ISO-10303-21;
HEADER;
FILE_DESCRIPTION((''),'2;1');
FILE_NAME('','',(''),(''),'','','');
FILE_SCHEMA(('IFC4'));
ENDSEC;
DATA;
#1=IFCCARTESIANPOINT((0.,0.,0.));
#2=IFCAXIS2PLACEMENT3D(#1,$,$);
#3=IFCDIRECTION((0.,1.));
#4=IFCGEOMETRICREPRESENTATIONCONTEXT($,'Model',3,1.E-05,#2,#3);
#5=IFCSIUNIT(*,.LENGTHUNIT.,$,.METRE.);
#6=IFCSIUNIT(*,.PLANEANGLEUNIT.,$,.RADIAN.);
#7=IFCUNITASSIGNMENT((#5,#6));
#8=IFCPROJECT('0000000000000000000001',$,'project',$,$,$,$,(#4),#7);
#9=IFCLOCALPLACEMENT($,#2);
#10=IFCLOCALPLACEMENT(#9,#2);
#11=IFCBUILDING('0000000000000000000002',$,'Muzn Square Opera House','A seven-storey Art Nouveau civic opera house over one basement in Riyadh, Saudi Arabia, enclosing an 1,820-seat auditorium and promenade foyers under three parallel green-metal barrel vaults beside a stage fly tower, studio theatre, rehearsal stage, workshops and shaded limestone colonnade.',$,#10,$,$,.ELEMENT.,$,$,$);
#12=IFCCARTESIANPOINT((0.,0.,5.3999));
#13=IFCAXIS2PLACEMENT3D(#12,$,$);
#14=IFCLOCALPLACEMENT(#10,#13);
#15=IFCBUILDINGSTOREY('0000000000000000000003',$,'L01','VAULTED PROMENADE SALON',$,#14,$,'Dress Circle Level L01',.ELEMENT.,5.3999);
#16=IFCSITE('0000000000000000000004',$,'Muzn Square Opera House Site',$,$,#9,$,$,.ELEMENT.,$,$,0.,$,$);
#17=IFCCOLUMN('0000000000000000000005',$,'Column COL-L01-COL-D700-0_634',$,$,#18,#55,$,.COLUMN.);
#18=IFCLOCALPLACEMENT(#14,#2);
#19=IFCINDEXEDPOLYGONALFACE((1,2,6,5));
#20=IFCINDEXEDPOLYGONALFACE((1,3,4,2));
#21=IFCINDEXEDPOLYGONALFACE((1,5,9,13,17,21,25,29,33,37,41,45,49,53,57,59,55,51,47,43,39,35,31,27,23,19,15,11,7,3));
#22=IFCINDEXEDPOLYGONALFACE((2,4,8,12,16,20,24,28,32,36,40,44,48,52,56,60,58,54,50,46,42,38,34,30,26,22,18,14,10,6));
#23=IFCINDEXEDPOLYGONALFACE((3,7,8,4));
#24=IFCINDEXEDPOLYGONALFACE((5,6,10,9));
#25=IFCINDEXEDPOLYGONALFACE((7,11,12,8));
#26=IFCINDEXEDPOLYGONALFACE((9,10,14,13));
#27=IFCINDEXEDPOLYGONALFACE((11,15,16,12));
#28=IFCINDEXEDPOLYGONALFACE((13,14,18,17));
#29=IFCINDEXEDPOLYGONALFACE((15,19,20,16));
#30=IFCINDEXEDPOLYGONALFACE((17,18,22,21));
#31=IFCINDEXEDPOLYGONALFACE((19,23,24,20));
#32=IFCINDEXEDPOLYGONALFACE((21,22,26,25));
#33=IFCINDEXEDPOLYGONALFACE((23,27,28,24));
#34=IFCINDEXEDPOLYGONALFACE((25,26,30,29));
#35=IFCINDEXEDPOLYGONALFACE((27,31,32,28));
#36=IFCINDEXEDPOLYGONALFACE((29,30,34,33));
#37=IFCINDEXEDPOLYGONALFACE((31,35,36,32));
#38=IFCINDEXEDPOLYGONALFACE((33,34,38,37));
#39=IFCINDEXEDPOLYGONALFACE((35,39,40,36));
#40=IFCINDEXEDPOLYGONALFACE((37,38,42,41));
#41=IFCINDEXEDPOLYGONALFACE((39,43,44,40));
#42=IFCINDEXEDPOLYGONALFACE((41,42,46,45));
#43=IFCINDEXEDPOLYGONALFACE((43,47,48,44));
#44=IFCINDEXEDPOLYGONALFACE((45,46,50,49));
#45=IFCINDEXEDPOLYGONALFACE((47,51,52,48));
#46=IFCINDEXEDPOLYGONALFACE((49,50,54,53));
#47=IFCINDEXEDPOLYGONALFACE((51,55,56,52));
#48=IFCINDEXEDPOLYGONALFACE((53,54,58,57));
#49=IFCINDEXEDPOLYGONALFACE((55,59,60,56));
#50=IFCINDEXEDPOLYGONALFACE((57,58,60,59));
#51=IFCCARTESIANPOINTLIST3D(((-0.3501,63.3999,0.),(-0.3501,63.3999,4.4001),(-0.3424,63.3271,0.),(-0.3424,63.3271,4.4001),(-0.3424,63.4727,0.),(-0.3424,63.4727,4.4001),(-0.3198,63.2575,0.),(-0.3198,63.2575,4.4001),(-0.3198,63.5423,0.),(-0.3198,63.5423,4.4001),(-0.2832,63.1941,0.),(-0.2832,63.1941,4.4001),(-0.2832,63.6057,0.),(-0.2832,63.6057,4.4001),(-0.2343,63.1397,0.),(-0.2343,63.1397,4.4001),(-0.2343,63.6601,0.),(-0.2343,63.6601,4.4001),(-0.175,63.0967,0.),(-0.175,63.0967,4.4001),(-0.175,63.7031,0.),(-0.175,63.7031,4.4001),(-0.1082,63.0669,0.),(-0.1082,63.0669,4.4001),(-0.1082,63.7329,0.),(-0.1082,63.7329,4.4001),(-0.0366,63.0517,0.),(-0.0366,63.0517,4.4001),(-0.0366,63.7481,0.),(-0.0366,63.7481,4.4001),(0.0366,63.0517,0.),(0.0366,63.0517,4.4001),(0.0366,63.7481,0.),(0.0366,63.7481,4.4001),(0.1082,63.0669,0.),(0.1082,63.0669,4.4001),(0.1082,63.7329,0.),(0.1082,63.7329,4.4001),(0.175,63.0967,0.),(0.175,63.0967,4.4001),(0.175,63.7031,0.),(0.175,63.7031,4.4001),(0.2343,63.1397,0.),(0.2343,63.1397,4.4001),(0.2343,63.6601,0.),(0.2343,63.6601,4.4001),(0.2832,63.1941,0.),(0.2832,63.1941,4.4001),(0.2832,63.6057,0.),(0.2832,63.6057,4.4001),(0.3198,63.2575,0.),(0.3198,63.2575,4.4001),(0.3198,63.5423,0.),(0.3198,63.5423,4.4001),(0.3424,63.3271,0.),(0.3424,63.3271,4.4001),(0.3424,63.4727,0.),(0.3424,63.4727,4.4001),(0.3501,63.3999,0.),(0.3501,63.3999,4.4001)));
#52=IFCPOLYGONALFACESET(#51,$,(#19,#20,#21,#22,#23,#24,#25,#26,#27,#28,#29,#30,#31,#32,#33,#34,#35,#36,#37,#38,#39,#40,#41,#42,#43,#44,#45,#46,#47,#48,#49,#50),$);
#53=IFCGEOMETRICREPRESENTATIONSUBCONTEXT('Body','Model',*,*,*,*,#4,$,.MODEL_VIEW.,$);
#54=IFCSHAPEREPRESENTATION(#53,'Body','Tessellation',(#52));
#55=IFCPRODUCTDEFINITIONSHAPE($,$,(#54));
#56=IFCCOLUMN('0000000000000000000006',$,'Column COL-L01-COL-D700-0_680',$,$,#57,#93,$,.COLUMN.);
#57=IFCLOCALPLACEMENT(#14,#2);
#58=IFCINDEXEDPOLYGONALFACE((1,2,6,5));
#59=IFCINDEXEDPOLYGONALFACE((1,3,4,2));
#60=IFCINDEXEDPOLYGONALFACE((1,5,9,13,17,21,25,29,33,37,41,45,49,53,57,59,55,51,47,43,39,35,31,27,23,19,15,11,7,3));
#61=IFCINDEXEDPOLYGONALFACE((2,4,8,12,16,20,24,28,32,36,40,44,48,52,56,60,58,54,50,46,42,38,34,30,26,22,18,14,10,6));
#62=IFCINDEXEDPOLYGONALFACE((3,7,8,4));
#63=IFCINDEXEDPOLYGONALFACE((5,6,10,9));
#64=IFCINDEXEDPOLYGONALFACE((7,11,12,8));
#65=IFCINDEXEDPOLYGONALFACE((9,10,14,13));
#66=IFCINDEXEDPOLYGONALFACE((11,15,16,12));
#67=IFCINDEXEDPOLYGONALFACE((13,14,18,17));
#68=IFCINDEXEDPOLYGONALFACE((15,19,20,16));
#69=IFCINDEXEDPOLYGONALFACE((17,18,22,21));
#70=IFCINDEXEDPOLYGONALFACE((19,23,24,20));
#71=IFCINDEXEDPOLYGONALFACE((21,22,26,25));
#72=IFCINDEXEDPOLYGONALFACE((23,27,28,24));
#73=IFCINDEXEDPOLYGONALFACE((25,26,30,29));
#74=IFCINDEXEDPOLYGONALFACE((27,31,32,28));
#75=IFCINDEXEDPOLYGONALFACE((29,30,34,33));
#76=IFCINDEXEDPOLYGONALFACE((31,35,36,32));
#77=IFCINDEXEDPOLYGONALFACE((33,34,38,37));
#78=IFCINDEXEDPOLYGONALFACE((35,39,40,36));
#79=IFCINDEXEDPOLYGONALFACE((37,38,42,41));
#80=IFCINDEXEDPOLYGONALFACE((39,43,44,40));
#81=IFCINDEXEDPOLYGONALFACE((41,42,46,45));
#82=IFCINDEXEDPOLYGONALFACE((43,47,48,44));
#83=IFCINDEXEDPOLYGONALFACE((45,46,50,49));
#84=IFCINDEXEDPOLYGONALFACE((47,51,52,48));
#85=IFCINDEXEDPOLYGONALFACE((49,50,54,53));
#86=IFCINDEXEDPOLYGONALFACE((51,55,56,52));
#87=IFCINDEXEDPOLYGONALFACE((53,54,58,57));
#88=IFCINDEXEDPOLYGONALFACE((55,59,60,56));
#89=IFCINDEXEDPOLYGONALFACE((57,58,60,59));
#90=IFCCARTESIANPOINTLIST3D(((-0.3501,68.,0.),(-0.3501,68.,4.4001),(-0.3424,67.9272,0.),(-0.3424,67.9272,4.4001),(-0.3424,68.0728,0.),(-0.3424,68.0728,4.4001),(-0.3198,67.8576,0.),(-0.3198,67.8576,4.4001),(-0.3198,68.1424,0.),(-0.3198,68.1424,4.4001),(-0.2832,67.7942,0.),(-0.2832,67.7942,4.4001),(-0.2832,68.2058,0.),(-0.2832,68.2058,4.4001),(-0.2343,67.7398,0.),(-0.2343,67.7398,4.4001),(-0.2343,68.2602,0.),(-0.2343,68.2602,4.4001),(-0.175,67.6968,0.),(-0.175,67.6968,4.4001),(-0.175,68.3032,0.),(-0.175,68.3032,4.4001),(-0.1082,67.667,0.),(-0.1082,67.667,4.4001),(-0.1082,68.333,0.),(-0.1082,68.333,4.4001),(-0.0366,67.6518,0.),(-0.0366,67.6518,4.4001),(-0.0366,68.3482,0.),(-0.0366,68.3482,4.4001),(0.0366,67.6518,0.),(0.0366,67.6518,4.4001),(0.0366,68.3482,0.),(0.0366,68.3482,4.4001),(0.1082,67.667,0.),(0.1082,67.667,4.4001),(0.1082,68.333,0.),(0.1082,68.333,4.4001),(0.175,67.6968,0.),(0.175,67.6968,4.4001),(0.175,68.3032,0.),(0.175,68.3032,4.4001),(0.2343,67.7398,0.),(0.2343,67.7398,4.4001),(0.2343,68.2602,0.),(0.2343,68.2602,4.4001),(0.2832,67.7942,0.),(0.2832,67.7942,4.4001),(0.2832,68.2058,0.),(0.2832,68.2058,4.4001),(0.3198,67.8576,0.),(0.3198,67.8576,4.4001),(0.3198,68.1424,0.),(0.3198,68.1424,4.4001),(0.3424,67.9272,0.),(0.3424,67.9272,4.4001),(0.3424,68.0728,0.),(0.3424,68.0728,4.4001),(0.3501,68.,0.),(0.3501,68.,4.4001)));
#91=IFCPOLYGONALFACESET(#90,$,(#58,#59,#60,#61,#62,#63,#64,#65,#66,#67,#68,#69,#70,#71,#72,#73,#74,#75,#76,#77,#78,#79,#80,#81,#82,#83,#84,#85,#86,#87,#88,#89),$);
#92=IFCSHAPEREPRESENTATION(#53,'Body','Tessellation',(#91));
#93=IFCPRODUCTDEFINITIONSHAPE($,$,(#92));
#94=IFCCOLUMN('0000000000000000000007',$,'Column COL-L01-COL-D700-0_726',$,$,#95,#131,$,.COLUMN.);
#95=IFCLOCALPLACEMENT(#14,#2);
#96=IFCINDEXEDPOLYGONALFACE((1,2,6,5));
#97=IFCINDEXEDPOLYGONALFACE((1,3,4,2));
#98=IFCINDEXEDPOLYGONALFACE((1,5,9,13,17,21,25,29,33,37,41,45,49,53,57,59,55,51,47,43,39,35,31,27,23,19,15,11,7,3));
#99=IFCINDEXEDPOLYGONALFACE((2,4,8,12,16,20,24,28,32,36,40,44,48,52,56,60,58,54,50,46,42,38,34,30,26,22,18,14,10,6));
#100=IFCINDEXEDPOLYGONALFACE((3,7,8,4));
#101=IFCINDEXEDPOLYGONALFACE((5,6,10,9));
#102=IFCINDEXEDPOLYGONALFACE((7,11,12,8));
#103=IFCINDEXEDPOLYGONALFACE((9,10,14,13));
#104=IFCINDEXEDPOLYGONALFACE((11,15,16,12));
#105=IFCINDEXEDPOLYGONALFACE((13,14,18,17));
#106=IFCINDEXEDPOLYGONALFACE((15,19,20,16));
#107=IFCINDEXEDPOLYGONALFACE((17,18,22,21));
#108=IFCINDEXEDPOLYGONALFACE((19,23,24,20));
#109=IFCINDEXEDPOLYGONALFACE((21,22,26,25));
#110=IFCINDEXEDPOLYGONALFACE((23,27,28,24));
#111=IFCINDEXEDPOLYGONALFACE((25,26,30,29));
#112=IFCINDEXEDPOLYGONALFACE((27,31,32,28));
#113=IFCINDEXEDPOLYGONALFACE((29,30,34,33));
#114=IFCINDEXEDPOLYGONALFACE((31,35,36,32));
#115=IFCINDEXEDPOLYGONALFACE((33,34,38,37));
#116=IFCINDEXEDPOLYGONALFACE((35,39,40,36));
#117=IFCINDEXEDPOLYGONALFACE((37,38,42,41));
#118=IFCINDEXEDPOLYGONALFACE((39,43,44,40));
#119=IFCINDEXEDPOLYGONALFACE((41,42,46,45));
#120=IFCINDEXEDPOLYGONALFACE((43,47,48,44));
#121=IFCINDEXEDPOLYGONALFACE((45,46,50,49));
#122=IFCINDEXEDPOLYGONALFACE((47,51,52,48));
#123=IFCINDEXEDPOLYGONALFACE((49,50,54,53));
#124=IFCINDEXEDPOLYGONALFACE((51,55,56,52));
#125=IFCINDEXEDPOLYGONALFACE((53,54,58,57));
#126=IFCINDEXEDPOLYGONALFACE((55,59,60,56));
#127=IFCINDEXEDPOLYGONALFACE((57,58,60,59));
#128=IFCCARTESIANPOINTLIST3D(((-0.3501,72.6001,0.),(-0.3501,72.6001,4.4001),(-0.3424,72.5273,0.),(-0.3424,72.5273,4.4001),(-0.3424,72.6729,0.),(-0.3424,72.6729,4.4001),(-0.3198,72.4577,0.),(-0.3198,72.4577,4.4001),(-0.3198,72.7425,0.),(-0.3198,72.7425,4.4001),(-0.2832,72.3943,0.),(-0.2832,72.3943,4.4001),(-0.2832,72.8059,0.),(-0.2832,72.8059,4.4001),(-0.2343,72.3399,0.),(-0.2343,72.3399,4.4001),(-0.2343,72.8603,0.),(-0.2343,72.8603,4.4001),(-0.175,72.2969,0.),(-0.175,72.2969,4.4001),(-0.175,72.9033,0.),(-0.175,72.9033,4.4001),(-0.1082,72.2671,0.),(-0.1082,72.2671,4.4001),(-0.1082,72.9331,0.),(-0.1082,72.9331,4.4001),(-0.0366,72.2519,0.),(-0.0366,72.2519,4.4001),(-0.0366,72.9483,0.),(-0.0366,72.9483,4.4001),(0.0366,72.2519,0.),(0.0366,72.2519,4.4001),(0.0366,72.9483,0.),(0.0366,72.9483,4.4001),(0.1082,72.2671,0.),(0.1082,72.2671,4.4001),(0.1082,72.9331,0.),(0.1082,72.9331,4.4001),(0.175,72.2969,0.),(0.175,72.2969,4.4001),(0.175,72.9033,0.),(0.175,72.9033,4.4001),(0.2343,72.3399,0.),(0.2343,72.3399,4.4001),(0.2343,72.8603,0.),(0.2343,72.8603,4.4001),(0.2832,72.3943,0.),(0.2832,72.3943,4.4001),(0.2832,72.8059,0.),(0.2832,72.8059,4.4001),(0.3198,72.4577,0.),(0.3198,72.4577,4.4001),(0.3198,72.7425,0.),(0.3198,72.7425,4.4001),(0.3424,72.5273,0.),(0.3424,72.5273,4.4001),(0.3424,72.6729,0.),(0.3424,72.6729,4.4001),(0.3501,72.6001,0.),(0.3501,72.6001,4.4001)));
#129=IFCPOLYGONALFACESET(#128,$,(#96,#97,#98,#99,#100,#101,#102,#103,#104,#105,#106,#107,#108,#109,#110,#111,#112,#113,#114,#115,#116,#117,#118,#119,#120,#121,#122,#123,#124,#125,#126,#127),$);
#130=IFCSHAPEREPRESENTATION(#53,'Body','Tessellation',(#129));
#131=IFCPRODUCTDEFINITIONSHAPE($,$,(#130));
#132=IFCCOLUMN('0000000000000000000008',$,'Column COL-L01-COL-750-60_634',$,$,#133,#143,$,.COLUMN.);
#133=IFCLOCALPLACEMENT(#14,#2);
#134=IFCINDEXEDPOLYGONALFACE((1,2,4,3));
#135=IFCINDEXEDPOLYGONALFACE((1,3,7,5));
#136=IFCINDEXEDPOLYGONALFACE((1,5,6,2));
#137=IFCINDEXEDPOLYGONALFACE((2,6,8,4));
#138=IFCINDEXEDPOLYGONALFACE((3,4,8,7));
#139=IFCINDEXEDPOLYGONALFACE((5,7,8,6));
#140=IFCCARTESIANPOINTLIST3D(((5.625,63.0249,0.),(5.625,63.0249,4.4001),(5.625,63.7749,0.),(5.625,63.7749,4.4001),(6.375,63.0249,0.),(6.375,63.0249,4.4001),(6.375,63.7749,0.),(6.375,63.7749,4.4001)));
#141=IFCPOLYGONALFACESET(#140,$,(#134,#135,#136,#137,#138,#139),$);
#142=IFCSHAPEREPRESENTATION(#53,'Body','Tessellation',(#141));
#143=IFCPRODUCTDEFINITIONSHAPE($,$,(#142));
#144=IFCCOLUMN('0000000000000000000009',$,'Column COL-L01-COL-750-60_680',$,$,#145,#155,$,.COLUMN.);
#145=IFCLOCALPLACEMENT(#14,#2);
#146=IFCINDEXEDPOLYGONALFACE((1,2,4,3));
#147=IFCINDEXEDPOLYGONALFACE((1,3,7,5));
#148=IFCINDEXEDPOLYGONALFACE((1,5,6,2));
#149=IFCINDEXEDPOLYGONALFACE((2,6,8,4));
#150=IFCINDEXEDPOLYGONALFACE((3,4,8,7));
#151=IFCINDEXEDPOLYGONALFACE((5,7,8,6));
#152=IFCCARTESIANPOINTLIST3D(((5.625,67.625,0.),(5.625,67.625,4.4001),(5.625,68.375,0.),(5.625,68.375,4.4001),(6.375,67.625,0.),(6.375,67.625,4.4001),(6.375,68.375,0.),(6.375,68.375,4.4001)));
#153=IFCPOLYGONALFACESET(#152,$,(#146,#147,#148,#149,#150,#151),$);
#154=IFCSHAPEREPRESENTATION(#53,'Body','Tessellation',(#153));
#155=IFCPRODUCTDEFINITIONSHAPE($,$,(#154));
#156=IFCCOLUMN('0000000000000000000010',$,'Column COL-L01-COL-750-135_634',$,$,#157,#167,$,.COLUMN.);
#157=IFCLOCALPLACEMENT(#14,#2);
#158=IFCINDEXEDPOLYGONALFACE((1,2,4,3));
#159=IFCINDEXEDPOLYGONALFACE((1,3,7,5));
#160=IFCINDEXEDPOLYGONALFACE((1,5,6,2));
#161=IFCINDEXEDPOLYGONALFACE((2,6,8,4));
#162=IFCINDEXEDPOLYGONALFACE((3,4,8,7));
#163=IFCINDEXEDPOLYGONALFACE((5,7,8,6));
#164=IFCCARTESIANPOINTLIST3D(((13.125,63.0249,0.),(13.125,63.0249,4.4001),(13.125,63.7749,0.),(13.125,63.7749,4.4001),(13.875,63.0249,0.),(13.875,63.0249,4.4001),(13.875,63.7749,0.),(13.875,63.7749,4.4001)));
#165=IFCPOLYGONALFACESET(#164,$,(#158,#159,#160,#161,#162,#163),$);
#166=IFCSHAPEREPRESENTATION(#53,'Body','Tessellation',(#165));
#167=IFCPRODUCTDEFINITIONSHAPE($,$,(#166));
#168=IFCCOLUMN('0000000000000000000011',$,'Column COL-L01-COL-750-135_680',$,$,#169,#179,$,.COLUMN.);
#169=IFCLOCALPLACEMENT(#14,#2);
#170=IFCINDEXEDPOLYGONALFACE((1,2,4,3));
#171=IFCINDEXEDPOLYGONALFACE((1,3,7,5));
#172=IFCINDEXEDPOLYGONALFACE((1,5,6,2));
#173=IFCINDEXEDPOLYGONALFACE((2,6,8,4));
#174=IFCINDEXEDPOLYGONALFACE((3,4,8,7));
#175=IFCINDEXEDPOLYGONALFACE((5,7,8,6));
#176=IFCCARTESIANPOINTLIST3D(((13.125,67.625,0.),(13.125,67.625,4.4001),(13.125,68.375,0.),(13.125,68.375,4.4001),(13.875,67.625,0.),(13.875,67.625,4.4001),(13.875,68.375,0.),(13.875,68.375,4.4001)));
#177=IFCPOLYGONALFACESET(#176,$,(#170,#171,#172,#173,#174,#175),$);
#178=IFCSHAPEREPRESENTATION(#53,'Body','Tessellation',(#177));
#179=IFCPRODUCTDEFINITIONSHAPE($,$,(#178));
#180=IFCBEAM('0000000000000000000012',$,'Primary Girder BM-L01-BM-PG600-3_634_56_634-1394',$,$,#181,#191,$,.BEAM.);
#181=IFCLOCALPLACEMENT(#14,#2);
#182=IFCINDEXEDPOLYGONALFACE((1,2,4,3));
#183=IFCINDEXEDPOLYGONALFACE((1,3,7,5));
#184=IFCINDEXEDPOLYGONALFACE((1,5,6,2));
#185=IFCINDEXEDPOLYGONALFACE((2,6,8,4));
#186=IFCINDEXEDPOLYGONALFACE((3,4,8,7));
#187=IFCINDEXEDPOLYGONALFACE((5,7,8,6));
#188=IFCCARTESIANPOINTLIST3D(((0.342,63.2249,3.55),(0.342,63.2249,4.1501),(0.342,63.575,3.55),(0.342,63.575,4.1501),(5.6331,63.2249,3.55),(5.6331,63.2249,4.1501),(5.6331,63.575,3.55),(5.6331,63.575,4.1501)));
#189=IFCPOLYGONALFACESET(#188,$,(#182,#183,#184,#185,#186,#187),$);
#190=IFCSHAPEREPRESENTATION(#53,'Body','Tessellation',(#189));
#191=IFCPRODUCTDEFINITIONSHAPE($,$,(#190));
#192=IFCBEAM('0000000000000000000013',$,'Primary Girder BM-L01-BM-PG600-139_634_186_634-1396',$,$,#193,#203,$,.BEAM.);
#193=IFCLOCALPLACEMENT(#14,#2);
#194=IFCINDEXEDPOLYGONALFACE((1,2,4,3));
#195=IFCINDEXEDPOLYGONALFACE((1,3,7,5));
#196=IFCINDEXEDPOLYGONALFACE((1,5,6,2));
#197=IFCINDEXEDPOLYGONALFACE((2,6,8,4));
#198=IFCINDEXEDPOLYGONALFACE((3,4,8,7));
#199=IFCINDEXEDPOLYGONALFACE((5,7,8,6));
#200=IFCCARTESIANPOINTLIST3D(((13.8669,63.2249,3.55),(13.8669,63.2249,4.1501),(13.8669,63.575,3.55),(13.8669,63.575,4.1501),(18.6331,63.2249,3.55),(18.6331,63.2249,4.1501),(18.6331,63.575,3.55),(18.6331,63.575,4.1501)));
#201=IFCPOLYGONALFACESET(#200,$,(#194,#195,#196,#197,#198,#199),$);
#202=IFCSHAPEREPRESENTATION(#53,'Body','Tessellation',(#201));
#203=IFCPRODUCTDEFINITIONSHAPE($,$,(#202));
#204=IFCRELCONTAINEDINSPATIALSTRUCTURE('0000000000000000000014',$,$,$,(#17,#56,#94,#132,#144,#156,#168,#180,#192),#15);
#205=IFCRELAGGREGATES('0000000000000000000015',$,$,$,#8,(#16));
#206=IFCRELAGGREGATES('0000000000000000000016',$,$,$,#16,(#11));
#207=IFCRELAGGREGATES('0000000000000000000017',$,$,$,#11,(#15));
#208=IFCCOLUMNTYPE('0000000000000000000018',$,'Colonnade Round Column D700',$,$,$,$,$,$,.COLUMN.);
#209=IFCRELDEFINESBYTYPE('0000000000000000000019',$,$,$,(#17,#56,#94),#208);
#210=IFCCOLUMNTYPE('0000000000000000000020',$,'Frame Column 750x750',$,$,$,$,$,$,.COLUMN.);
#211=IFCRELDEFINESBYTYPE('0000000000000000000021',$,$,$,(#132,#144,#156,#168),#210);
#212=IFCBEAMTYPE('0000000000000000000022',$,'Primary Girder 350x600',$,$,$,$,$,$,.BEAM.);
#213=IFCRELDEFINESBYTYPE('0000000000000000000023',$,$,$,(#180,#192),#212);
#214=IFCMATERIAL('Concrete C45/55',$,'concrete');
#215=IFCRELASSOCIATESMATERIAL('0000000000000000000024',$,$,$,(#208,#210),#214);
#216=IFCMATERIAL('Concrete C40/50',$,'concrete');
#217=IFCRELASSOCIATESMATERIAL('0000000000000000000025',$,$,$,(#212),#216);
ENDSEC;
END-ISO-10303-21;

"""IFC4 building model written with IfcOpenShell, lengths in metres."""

from ifc_helpers import new_model, si_unit, direction, frame, origin, origin_2d, place, context, subcontext, project, spatial, rectangle, circle, extrude, material, material_profile, profile_set, type_object, element, save


model = new_model("IFC4")

# Units and contexts
model_context = context("Model", 3, precision=1e-05, world=origin(), true_north=direction((0.0, 1.0)))
body_context = subcontext(model_context, "Body", "Model", "MODEL_VIEW")
ifc_project = project(units=[si_unit("LENGTHUNIT", "METRE"), si_unit("PLANEANGLEUNIT", "RADIAN")], contexts=[model_context])

# Site, building, storey
site_placement = place(None, origin())
site = spatial("IfcSite", under=ifc_project, at=site_placement, Name="Muzn Square Opera House Site", CompositionType="ELEMENT", RefElevation=0.0)
building_placement = place(site_placement, origin())
building = spatial("IfcBuilding", under=site, at=building_placement, Name="Muzn Square Opera House", Description="A seven-storey Art Nouveau civic opera house over one basement in Riyadh, Saudi Arabia, enclosing an 1,820-seat auditorium and promenade foyers under three parallel green-metal barrel vaults beside a stage fly tower, studio theatre, rehearsal stage, workshops and shaded limestone colonnade.", CompositionType="ELEMENT")
storey_placement = place(building_placement, frame((0.0, 0.0, 5.3999)))
storey = spatial("IfcBuildingStorey", under=building, at=storey_placement, Name="L01", Description="VAULTED PROMENADE SALON", LongName="Dress Circle Level L01", CompositionType="ELEMENT", Elevation=5.3999)

# Columns
ifc_material_1 = material(Name="Concrete C45/55", Category="concrete")
ifc_material_profile_1 = material_profile(ifc_material_1, circle(Radius=0.3501, at=origin_2d()), Name="RCC D700", Category="concrete")
ifc_profile_set_1 = profile_set([ifc_material_profile_1], Name="Concrete C45/55")
column_type_1 = type_object("IfcColumnType", Name="Colonnade Round Column D700", PredefinedType="COLUMN", material=ifc_profile_set_1)
for number, where, z_axis, x_axis, name in (
    (1, (0.0, 63.3999, 0.0), (0.0, 0.0, 1.0), (1.0, 0.0, 0.0), "Column COL-L01-COL-D700-0_634"),
    (2, (0.0, 68.0, 0.0), (0.0, 0.0, 1.0), (1.0, 0.0, 0.0), "Column COL-L01-COL-D700-0_680"),
    (3, (0.0, 72.6001, 0.0), (0.0, 0.0, 1.0), (1.0, 0.0, 0.0), "Column COL-L01-COL-D700-0_726"),
):
    element("IfcColumn", number, at=place(storey_placement, frame(where, z_axis=z_axis, x_axis=x_axis)), inside=storey, type_object=column_type_1, Name=name, PredefinedType="COLUMN", context=body_context, shape_type="SweptSolid", body=[
        extrude(circle(Radius=0.3501, at=origin_2d()), origin(), (0.0, 0.0, 1.0), 4.4001),
    ])
ifc_material_profile_2 = material_profile(ifc_material_1, rectangle(XDim=0.75, YDim=0.75, at=origin_2d()), Name="RC 750x750", Category="concrete")
ifc_profile_set_2 = profile_set([ifc_material_profile_2], Name="Concrete C45/55")
column_type_2 = type_object("IfcColumnType", Name="Frame Column 750x750", PredefinedType="COLUMN", material=ifc_profile_set_2)
for number, where, z_axis, x_axis, name in (
    (4, (6.0, 63.3999, 0.0), (0.0, 0.0, 1.0), (1.0, 0.0, 0.0), "Column COL-L01-COL-750-60_634"),
    (5, (6.0, 68.0, 0.0), (0.0, 0.0, 1.0), (1.0, 0.0, 0.0), "Column COL-L01-COL-750-60_680"),
    (6, (13.5, 63.3999, 0.0), (0.0, 0.0, 1.0), (1.0, 0.0, 0.0), "Column COL-L01-COL-750-135_634"),
    (7, (13.5, 68.0, 0.0), (0.0, 0.0, 1.0), (1.0, 0.0, 0.0), "Column COL-L01-COL-750-135_680"),
):
    element("IfcColumn", number, at=place(storey_placement, frame(where, z_axis=z_axis, x_axis=x_axis)), inside=storey, type_object=column_type_2, Name=name, PredefinedType="COLUMN", context=body_context, shape_type="SweptSolid", body=[
        extrude(rectangle(XDim=0.75, YDim=0.75, at=origin_2d()), origin(), (0.0, 0.0, 1.0), 4.4001),
    ])

# Beams
ifc_material_2 = material(Name="Concrete C40/50", Category="concrete")
ifc_material_profile_3 = material_profile(ifc_material_2, rectangle(XDim=0.3501, YDim=0.6001, at=origin_2d()), Name="RCB 350x600", Category="concrete")
ifc_profile_set_3 = profile_set([ifc_material_profile_3], Name="Concrete C40/50")
beam_type_1 = type_object("IfcBeamType", Name="Primary Girder 350x600", PredefinedType="BEAM", material=ifc_profile_set_3)
beam_1_placement = place(storey_placement, frame((0.342, 63.3999, 3.8501), z_axis=(1.0, 0.0, 0.0), x_axis=(0.0, 1.0, 0.0)))
element("IfcBeam", 8, at=beam_1_placement, inside=storey, type_object=beam_type_1, Name="Primary Girder BM-L01-BM-PG600-3_634_56_634-1394", PredefinedType="BEAM", context=body_context, shape_type="SweptSolid", body=[
    extrude(rectangle(XDim=0.3501, YDim=0.6001, at=origin_2d()), origin(), (0.0, 0.0, 1.0), 5.291),
])
beam_2_placement = place(storey_placement, frame((13.8669, 63.3999, 3.8501), z_axis=(1.0, 0.0, 0.0), x_axis=(0.0, 1.0, 0.0)))
element("IfcBeam", 9, at=beam_2_placement, inside=storey, type_object=beam_type_1, Name="Primary Girder BM-L01-BM-PG600-139_634_186_634-1396", PredefinedType="BEAM", context=body_context, shape_type="SweptSolid", body=[
    extrude(rectangle(XDim=0.3501, YDim=0.6001, at=origin_2d()), origin(), (0.0, 0.0, 1.0), 4.7661),
])

save(model, "model.ifc")
